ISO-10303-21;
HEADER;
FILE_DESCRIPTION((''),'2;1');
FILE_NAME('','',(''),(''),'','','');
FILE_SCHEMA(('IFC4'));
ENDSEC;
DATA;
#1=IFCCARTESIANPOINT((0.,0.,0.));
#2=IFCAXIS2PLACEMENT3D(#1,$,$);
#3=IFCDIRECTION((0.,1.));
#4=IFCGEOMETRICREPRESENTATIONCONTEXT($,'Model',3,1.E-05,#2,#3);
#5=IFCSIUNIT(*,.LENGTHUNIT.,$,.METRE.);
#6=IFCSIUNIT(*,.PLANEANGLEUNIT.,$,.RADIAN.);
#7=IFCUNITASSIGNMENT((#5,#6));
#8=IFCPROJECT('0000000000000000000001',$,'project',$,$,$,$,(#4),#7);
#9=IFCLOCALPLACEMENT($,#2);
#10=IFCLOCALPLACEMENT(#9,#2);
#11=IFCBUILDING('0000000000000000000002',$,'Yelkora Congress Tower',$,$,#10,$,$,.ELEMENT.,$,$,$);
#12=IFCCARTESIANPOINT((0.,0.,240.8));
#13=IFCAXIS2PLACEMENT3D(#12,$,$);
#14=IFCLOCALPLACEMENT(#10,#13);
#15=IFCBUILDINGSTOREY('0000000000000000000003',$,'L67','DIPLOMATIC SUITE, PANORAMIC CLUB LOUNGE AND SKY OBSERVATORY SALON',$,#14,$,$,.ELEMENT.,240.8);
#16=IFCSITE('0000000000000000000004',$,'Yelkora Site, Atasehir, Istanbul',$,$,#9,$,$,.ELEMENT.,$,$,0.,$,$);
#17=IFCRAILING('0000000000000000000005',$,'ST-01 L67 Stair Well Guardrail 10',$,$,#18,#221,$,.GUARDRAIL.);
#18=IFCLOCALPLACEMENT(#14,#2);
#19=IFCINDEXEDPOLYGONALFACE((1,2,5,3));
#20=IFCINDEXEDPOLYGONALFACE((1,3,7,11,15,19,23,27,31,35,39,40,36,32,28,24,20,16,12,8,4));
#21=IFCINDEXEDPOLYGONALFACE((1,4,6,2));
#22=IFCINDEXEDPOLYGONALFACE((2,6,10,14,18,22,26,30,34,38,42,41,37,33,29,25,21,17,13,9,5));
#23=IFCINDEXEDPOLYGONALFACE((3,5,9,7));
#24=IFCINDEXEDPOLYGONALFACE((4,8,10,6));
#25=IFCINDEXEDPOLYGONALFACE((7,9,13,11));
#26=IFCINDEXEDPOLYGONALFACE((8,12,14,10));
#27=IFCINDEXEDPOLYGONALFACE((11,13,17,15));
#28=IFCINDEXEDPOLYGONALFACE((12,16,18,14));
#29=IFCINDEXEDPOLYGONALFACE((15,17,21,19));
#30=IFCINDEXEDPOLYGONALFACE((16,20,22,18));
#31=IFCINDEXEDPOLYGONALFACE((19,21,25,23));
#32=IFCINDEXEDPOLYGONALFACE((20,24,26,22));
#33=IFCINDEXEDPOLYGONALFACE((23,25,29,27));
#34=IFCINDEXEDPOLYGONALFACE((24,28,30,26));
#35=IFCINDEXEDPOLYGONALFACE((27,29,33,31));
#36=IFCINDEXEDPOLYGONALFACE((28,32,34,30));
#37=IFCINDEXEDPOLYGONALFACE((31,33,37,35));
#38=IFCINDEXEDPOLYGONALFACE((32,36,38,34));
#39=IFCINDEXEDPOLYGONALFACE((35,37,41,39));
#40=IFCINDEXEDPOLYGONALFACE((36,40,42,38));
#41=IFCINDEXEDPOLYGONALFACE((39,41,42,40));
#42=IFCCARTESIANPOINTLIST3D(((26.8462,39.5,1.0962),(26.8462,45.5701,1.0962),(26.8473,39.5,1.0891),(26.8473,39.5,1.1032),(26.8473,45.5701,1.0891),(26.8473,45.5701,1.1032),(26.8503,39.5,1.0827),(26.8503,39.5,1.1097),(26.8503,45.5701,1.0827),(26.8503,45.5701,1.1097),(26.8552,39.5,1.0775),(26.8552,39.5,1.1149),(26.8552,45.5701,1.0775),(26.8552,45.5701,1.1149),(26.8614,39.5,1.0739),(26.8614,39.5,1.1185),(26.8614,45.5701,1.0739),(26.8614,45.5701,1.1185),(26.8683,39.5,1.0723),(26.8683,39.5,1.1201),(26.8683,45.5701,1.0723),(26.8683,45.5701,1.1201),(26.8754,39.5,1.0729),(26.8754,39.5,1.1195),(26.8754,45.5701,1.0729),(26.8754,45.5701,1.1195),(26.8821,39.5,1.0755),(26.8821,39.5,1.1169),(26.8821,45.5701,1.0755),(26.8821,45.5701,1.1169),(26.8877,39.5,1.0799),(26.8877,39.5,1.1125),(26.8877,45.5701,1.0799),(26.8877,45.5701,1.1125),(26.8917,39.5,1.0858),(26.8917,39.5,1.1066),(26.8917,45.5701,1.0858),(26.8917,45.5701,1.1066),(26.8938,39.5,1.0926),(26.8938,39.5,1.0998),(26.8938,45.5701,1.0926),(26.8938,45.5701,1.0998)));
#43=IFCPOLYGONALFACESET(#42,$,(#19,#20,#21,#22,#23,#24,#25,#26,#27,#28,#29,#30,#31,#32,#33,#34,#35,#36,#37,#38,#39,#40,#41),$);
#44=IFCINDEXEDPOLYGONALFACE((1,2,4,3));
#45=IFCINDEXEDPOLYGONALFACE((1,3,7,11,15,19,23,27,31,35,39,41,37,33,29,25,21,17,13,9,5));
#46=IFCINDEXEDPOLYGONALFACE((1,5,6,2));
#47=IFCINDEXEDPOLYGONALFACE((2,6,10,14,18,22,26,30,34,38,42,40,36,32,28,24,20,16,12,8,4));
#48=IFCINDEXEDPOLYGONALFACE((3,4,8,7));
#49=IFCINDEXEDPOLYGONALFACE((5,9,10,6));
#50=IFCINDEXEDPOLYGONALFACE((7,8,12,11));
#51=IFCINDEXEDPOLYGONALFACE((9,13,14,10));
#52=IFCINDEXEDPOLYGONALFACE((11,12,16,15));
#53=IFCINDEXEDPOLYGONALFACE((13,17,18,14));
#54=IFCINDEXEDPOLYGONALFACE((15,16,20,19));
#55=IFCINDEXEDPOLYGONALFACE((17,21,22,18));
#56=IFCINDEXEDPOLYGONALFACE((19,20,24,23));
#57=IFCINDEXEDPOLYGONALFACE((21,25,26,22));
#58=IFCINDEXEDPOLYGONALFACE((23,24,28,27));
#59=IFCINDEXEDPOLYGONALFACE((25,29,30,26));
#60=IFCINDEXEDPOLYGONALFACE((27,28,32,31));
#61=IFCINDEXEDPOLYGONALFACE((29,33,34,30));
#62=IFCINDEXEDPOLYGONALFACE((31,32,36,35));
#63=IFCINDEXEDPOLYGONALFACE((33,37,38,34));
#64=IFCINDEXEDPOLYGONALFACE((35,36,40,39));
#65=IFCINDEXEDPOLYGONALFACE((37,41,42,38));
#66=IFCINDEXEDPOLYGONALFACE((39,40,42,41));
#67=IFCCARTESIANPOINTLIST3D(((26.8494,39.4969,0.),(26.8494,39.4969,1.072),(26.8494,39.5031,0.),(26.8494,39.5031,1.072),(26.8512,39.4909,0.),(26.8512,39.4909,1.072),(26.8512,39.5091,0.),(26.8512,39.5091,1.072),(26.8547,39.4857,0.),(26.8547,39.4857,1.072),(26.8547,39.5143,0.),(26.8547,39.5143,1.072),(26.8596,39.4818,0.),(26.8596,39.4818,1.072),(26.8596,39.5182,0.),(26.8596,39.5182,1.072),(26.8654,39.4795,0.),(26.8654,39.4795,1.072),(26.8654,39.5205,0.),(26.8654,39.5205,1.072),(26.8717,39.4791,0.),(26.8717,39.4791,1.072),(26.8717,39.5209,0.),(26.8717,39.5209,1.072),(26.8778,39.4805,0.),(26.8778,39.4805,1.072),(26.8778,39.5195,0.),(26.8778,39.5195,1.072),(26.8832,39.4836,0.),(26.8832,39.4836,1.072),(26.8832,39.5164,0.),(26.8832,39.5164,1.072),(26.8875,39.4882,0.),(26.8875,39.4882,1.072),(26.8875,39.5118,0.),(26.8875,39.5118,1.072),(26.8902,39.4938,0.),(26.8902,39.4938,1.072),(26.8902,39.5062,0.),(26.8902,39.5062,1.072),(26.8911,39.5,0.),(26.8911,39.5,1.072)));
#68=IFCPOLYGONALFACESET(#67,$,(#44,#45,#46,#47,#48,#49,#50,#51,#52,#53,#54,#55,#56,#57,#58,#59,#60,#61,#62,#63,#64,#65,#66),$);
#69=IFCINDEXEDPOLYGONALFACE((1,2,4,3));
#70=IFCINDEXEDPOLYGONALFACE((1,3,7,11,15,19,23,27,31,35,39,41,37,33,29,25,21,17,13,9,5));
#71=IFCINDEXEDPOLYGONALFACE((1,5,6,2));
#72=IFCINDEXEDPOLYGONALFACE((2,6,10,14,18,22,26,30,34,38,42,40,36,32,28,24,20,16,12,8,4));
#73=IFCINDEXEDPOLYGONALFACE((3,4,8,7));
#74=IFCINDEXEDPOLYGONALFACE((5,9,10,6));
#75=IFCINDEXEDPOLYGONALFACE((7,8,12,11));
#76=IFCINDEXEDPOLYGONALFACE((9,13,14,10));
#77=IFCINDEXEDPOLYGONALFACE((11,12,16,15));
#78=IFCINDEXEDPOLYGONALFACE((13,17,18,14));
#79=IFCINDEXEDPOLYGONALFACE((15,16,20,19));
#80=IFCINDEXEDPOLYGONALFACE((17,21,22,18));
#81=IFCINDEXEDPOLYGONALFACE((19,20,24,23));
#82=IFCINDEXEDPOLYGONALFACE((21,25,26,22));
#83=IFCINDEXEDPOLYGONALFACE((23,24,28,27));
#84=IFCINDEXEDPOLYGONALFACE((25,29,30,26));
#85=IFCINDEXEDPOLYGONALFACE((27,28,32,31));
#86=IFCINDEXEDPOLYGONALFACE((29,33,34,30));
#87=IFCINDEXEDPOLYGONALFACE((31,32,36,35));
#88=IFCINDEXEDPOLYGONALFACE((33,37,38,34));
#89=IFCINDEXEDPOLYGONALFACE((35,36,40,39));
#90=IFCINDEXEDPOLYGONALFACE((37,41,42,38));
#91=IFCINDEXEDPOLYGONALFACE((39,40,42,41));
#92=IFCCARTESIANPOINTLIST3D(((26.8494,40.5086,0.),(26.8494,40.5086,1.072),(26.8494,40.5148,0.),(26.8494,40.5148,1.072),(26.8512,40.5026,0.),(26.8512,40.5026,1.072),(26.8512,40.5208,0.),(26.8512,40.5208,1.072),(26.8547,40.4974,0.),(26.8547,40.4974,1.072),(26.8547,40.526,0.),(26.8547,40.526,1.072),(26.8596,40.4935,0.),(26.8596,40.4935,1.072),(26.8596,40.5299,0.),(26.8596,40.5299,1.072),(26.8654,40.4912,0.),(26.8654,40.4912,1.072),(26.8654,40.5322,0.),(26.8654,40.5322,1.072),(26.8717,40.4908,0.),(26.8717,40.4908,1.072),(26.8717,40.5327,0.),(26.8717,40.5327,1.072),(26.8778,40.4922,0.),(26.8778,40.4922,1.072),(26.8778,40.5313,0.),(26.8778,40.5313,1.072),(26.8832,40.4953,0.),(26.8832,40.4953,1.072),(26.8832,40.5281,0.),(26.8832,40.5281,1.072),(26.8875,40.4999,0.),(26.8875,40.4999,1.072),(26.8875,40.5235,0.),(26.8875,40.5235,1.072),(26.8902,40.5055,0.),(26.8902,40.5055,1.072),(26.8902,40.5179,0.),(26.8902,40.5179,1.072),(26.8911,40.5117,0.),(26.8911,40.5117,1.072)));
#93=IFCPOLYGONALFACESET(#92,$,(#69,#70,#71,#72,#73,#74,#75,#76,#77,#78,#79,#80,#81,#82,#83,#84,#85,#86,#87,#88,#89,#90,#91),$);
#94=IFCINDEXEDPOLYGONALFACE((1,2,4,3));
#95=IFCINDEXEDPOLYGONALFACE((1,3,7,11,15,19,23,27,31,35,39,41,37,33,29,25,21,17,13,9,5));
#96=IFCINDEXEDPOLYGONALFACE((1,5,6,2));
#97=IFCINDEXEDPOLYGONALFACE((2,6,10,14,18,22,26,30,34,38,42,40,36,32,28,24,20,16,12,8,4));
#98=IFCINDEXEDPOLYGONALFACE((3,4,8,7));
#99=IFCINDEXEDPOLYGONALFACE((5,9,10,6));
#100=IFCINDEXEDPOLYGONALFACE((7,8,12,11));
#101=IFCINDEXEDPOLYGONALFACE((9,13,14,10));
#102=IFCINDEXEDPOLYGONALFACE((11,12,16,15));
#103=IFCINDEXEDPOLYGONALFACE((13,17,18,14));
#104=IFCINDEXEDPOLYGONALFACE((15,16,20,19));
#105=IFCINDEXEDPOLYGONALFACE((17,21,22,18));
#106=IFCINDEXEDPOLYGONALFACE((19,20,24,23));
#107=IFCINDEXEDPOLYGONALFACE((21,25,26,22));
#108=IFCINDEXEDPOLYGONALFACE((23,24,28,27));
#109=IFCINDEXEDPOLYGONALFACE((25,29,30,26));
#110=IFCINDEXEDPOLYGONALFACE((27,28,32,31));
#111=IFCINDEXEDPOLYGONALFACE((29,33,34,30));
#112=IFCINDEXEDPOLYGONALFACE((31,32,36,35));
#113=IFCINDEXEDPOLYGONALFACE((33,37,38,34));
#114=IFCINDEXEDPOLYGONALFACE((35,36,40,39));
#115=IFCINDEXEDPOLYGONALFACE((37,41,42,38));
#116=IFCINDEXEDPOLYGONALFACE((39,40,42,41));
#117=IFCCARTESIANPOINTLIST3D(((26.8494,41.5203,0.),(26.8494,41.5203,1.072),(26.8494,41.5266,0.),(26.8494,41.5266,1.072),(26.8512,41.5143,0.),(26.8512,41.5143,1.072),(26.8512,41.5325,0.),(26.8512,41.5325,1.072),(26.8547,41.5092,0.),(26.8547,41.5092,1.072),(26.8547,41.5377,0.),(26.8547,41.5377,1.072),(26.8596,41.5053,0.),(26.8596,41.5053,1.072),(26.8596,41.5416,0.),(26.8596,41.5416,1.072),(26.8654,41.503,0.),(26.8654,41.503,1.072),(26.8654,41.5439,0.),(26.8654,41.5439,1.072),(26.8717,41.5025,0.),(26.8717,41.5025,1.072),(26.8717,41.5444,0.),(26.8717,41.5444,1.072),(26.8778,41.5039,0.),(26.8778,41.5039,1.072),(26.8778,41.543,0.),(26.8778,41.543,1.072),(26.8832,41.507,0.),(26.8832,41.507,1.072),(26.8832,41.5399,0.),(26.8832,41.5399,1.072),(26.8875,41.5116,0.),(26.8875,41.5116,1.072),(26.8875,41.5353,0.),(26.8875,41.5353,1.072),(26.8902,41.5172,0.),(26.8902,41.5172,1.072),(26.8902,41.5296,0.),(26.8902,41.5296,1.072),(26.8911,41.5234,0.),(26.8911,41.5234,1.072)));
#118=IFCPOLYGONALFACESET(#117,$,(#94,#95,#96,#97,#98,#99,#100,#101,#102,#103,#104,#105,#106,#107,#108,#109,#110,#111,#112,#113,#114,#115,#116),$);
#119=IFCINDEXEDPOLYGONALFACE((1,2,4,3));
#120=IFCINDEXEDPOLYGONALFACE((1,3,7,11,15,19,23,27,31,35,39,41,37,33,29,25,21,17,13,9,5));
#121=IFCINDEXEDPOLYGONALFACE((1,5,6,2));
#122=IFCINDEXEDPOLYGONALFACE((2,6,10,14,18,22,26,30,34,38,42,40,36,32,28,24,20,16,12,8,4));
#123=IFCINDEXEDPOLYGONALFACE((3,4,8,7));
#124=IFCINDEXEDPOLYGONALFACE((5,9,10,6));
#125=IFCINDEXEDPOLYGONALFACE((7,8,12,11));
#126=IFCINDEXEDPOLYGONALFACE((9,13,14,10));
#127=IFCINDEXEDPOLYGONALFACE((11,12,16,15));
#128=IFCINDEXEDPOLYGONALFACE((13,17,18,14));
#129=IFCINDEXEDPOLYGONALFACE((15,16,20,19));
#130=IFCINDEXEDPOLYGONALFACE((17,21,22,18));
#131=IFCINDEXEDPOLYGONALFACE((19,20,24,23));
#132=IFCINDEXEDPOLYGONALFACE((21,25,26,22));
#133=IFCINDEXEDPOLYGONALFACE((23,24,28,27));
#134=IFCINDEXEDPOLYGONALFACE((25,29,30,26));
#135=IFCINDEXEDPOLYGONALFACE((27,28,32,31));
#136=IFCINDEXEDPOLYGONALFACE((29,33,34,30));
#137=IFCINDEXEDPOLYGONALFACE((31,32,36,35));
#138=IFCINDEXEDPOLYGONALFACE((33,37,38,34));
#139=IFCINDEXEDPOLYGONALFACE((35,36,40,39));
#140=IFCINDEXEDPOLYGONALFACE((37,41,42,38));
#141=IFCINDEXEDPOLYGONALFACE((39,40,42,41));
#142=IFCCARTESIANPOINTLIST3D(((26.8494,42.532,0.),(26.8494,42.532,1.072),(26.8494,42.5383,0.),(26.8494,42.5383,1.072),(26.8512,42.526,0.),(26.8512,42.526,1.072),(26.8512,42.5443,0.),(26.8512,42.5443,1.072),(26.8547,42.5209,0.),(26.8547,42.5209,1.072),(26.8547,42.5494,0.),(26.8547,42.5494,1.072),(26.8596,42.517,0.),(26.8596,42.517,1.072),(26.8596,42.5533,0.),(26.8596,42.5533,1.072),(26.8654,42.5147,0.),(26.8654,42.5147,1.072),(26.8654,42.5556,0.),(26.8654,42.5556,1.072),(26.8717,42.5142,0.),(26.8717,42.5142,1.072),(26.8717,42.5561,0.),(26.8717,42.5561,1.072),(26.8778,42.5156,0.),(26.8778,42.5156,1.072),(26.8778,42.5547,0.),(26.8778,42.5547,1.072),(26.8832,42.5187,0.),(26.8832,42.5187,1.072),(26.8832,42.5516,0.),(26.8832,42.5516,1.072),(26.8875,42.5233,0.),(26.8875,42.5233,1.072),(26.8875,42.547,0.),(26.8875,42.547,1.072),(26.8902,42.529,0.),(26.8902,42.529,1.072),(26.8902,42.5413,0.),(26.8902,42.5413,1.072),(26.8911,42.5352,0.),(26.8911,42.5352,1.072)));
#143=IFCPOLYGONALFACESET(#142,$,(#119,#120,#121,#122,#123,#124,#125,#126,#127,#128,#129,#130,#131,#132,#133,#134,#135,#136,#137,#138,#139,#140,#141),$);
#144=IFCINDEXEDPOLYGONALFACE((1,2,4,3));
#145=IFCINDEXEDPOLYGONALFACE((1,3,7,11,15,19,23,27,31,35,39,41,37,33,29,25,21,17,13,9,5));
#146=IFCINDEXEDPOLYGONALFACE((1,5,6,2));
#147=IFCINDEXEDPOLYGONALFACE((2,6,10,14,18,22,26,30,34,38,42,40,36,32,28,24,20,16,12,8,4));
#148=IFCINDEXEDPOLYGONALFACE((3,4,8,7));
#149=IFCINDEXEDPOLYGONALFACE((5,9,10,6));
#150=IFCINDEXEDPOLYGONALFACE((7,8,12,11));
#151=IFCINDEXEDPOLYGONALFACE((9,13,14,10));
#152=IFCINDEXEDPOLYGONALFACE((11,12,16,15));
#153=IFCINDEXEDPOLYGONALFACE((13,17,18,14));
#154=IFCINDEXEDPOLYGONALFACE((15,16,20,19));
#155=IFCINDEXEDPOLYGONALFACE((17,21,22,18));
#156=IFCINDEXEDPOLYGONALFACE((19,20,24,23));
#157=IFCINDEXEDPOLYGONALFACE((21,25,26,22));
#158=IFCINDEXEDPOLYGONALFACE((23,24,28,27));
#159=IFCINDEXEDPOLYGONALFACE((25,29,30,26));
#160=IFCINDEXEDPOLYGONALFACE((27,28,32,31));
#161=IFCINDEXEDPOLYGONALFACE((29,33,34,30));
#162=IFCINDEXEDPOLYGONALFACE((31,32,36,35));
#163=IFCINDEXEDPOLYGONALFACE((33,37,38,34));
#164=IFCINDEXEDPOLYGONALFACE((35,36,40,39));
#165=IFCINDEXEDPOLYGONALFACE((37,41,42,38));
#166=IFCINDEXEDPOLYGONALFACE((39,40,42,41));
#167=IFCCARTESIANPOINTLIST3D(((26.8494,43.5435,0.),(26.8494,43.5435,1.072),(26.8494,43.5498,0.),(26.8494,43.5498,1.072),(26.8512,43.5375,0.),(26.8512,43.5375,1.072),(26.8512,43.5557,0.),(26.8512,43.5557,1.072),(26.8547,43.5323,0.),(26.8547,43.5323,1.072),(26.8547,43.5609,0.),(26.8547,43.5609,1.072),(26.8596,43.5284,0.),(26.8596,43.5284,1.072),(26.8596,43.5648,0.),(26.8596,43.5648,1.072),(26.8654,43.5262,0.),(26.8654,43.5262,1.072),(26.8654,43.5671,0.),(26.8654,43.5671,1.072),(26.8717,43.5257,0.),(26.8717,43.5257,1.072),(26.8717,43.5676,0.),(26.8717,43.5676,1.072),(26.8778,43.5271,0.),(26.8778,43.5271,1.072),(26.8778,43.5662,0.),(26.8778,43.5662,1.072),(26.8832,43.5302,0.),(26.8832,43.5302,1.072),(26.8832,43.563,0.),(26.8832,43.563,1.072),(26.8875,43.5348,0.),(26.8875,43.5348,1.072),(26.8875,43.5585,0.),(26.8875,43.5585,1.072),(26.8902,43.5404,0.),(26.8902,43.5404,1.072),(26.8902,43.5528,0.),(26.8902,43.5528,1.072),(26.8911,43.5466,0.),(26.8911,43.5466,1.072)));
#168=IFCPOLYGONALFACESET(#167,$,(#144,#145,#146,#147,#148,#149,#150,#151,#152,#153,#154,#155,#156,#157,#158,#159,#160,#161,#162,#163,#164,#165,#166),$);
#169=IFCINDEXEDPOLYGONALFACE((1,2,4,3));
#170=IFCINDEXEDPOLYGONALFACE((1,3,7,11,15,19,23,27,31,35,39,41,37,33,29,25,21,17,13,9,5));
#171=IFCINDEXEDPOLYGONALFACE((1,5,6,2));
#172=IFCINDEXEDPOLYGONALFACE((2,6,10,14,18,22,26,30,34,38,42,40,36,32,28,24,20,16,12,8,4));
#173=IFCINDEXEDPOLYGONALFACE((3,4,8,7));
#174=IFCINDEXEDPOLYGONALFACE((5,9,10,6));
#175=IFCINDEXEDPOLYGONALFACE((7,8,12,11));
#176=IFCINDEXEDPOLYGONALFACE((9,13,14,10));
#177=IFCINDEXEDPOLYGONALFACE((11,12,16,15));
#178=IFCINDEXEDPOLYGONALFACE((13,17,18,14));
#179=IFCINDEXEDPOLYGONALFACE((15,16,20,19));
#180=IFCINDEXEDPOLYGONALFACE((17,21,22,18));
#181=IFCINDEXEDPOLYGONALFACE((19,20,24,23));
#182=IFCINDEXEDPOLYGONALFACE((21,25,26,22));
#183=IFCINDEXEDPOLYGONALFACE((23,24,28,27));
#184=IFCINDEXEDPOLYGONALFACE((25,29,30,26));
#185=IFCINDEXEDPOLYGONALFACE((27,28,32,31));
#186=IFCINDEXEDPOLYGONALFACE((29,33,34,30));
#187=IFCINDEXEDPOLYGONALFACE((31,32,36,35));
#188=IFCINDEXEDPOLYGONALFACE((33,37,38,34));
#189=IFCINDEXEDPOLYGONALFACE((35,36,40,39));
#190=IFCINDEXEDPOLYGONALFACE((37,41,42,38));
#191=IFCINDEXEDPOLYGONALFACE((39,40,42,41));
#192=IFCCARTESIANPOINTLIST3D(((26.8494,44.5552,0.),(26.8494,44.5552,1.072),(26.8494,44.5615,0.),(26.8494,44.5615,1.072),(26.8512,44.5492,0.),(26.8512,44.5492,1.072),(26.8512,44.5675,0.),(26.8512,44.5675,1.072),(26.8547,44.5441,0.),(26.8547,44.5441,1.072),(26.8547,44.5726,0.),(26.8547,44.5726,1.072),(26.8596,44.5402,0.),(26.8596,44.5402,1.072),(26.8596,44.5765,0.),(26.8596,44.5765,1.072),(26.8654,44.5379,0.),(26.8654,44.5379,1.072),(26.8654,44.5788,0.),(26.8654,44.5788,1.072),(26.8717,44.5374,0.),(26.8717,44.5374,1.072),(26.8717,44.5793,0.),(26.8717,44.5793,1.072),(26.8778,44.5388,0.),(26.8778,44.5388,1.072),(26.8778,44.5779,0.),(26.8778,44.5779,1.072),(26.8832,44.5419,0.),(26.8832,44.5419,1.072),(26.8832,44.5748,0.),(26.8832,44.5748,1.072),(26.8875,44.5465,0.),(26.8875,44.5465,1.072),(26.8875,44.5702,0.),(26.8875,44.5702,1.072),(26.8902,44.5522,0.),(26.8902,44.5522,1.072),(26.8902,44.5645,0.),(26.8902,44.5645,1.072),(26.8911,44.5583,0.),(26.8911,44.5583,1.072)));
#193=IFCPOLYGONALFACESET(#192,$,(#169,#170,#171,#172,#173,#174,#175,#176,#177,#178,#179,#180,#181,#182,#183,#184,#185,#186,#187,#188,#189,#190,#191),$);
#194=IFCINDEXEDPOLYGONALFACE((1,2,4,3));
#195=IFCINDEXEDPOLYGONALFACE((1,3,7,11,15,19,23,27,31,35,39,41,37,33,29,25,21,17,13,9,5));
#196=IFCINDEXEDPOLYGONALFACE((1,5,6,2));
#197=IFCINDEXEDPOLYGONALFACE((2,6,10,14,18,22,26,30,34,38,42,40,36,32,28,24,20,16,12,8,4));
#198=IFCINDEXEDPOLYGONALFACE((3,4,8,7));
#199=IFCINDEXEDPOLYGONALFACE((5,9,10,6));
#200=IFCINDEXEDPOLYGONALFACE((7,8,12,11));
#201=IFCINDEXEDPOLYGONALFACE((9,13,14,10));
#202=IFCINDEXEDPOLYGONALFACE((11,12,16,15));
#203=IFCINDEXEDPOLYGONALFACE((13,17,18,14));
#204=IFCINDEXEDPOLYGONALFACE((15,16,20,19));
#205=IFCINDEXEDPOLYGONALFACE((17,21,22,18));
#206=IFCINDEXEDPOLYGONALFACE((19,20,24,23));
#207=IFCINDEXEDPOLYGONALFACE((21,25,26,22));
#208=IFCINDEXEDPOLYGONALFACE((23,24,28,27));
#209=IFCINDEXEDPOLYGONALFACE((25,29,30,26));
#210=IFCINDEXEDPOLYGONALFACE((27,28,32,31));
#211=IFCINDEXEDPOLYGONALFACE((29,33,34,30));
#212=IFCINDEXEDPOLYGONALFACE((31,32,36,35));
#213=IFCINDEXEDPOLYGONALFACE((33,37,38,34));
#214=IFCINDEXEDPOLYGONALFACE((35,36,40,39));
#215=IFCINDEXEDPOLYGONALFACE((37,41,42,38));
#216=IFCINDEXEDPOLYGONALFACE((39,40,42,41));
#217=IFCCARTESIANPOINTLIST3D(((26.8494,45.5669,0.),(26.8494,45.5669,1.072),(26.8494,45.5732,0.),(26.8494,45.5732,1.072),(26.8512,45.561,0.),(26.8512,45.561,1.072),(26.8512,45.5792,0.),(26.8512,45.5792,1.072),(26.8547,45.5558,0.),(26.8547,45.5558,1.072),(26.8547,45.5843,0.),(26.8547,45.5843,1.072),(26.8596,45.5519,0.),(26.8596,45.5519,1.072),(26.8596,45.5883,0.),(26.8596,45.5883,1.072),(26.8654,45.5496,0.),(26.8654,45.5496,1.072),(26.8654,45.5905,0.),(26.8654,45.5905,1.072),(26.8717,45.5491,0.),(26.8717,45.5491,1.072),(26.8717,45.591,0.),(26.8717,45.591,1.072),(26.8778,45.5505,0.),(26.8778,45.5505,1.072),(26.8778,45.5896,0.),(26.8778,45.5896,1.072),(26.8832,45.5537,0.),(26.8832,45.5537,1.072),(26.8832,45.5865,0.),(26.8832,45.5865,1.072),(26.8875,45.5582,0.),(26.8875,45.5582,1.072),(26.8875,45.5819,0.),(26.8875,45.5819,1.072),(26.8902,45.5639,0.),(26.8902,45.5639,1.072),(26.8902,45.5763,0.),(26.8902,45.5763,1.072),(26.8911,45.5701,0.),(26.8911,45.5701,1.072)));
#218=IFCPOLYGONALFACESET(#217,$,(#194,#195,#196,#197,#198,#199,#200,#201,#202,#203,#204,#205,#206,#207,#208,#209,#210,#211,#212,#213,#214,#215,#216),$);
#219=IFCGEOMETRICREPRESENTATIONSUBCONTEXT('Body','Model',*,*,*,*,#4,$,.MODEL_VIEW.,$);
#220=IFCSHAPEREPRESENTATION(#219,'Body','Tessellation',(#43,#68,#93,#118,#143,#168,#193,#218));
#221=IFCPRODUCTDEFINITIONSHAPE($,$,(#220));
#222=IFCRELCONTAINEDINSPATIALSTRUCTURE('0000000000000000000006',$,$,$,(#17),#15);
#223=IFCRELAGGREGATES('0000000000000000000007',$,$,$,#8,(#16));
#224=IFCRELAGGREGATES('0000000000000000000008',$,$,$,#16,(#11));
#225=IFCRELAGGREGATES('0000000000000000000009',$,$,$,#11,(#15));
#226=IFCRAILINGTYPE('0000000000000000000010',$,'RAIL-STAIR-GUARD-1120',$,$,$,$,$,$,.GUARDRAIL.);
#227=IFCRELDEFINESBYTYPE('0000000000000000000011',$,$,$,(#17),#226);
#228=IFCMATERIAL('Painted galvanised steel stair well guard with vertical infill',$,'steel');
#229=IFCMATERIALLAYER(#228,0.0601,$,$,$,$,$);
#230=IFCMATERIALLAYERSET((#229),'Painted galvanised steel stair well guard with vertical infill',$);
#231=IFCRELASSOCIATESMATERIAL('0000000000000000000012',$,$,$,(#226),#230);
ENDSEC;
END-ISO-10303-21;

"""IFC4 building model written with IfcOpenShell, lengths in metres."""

from ifc_helpers import new_model, si_unit, direction, frame, origin, origin_2d, place, context, subcontext, project, spatial, circle, extrude, material, layer, layer_set, type_object, element, save


model = new_model("IFC4")

# Units and contexts
model_context = context("Model", 3, precision=1e-05, world=origin(), true_north=direction((0.0, 1.0)))
body_context = subcontext(model_context, "Body", "Model", "MODEL_VIEW")
ifc_project = project(units=[si_unit("LENGTHUNIT", "METRE"), si_unit("PLANEANGLEUNIT", "RADIAN")], contexts=[model_context])

# Site, building, storey
site_placement = place(None, origin())
site = spatial("IfcSite", under=ifc_project, at=site_placement, Name="Yelkora Site, Atasehir, Istanbul", CompositionType="ELEMENT", RefElevation=0.0)
building_placement = place(site_placement, origin())
building = spatial("IfcBuilding", under=site, at=building_placement, Name="Yelkora Congress Tower", CompositionType="ELEMENT")
storey_placement = place(building_placement, frame((0.0, 0.0, 240.8)))
storey = spatial("IfcBuildingStorey", under=building, at=storey_placement, Name="L67", Description="DIPLOMATIC SUITE, PANORAMIC CLUB LOUNGE AND SKY OBSERVATORY SALON", CompositionType="ELEMENT", Elevation=240.8)

# Railing
ifc_material_1 = material(Name="Painted galvanised steel stair well guard with vertical infill", Category="steel")
ifc_layer_1 = layer(ifc_material_1, 0.0601)
ifc_layer_set_1 = layer_set([ifc_layer_1], Name="Painted galvanised steel stair well guard with vertical infill")
railing_type_1 = type_object("IfcRailingType", Name="RAIL-STAIR-GUARD-1120", PredefinedType="GUARDRAIL", material=ifc_layer_set_1)
railing_1_placement = place(storey_placement, frame((26.8701, 39.5, 0.0)))
element("IfcRailing", 1, at=railing_1_placement, inside=storey, type_object=railing_type_1, Name="ST-01 L67 Stair Well Guardrail 10", PredefinedType="GUARDRAIL", context=body_context, shape_type="SweptSolid", body=[
    extrude(circle(Radius=0.0239, at=origin_2d()), frame((0.0, 0.0, 1.0962), z_axis=(0.0, 1.0, 0.0), x_axis=(-1.0, 0.0, 0.0)), (0.0, 0.0, 1.0), 6.0701),
    extrude(circle(Radius=0.021, at=origin_2d()), origin(), (0.0, 0.0, 1.0), 1.072),
    extrude(circle(Radius=0.021, at=origin_2d()), frame((0.0, 1.0117, 0.0)), (0.0, 0.0, 1.0), 1.072),
    extrude(circle(Radius=0.021, at=origin_2d()), frame((0.0, 2.0234, 0.0)), (0.0, 0.0, 1.0), 1.072),
    extrude(circle(Radius=0.021, at=origin_2d()), frame((0.0, 3.0352, 0.0)), (0.0, 0.0, 1.0), 1.072),
    extrude(circle(Radius=0.021, at=origin_2d()), frame((0.0, 4.0466, 0.0)), (0.0, 0.0, 1.0), 1.072),
    extrude(circle(Radius=0.021, at=origin_2d()), frame((0.0, 5.0583, 0.0)), (0.0, 0.0, 1.0), 1.072),
    extrude(circle(Radius=0.021, at=origin_2d()), frame((0.0, 6.0701, 0.0)), (0.0, 0.0, 1.0), 1.072),
])

save(model, "model.ifc")
